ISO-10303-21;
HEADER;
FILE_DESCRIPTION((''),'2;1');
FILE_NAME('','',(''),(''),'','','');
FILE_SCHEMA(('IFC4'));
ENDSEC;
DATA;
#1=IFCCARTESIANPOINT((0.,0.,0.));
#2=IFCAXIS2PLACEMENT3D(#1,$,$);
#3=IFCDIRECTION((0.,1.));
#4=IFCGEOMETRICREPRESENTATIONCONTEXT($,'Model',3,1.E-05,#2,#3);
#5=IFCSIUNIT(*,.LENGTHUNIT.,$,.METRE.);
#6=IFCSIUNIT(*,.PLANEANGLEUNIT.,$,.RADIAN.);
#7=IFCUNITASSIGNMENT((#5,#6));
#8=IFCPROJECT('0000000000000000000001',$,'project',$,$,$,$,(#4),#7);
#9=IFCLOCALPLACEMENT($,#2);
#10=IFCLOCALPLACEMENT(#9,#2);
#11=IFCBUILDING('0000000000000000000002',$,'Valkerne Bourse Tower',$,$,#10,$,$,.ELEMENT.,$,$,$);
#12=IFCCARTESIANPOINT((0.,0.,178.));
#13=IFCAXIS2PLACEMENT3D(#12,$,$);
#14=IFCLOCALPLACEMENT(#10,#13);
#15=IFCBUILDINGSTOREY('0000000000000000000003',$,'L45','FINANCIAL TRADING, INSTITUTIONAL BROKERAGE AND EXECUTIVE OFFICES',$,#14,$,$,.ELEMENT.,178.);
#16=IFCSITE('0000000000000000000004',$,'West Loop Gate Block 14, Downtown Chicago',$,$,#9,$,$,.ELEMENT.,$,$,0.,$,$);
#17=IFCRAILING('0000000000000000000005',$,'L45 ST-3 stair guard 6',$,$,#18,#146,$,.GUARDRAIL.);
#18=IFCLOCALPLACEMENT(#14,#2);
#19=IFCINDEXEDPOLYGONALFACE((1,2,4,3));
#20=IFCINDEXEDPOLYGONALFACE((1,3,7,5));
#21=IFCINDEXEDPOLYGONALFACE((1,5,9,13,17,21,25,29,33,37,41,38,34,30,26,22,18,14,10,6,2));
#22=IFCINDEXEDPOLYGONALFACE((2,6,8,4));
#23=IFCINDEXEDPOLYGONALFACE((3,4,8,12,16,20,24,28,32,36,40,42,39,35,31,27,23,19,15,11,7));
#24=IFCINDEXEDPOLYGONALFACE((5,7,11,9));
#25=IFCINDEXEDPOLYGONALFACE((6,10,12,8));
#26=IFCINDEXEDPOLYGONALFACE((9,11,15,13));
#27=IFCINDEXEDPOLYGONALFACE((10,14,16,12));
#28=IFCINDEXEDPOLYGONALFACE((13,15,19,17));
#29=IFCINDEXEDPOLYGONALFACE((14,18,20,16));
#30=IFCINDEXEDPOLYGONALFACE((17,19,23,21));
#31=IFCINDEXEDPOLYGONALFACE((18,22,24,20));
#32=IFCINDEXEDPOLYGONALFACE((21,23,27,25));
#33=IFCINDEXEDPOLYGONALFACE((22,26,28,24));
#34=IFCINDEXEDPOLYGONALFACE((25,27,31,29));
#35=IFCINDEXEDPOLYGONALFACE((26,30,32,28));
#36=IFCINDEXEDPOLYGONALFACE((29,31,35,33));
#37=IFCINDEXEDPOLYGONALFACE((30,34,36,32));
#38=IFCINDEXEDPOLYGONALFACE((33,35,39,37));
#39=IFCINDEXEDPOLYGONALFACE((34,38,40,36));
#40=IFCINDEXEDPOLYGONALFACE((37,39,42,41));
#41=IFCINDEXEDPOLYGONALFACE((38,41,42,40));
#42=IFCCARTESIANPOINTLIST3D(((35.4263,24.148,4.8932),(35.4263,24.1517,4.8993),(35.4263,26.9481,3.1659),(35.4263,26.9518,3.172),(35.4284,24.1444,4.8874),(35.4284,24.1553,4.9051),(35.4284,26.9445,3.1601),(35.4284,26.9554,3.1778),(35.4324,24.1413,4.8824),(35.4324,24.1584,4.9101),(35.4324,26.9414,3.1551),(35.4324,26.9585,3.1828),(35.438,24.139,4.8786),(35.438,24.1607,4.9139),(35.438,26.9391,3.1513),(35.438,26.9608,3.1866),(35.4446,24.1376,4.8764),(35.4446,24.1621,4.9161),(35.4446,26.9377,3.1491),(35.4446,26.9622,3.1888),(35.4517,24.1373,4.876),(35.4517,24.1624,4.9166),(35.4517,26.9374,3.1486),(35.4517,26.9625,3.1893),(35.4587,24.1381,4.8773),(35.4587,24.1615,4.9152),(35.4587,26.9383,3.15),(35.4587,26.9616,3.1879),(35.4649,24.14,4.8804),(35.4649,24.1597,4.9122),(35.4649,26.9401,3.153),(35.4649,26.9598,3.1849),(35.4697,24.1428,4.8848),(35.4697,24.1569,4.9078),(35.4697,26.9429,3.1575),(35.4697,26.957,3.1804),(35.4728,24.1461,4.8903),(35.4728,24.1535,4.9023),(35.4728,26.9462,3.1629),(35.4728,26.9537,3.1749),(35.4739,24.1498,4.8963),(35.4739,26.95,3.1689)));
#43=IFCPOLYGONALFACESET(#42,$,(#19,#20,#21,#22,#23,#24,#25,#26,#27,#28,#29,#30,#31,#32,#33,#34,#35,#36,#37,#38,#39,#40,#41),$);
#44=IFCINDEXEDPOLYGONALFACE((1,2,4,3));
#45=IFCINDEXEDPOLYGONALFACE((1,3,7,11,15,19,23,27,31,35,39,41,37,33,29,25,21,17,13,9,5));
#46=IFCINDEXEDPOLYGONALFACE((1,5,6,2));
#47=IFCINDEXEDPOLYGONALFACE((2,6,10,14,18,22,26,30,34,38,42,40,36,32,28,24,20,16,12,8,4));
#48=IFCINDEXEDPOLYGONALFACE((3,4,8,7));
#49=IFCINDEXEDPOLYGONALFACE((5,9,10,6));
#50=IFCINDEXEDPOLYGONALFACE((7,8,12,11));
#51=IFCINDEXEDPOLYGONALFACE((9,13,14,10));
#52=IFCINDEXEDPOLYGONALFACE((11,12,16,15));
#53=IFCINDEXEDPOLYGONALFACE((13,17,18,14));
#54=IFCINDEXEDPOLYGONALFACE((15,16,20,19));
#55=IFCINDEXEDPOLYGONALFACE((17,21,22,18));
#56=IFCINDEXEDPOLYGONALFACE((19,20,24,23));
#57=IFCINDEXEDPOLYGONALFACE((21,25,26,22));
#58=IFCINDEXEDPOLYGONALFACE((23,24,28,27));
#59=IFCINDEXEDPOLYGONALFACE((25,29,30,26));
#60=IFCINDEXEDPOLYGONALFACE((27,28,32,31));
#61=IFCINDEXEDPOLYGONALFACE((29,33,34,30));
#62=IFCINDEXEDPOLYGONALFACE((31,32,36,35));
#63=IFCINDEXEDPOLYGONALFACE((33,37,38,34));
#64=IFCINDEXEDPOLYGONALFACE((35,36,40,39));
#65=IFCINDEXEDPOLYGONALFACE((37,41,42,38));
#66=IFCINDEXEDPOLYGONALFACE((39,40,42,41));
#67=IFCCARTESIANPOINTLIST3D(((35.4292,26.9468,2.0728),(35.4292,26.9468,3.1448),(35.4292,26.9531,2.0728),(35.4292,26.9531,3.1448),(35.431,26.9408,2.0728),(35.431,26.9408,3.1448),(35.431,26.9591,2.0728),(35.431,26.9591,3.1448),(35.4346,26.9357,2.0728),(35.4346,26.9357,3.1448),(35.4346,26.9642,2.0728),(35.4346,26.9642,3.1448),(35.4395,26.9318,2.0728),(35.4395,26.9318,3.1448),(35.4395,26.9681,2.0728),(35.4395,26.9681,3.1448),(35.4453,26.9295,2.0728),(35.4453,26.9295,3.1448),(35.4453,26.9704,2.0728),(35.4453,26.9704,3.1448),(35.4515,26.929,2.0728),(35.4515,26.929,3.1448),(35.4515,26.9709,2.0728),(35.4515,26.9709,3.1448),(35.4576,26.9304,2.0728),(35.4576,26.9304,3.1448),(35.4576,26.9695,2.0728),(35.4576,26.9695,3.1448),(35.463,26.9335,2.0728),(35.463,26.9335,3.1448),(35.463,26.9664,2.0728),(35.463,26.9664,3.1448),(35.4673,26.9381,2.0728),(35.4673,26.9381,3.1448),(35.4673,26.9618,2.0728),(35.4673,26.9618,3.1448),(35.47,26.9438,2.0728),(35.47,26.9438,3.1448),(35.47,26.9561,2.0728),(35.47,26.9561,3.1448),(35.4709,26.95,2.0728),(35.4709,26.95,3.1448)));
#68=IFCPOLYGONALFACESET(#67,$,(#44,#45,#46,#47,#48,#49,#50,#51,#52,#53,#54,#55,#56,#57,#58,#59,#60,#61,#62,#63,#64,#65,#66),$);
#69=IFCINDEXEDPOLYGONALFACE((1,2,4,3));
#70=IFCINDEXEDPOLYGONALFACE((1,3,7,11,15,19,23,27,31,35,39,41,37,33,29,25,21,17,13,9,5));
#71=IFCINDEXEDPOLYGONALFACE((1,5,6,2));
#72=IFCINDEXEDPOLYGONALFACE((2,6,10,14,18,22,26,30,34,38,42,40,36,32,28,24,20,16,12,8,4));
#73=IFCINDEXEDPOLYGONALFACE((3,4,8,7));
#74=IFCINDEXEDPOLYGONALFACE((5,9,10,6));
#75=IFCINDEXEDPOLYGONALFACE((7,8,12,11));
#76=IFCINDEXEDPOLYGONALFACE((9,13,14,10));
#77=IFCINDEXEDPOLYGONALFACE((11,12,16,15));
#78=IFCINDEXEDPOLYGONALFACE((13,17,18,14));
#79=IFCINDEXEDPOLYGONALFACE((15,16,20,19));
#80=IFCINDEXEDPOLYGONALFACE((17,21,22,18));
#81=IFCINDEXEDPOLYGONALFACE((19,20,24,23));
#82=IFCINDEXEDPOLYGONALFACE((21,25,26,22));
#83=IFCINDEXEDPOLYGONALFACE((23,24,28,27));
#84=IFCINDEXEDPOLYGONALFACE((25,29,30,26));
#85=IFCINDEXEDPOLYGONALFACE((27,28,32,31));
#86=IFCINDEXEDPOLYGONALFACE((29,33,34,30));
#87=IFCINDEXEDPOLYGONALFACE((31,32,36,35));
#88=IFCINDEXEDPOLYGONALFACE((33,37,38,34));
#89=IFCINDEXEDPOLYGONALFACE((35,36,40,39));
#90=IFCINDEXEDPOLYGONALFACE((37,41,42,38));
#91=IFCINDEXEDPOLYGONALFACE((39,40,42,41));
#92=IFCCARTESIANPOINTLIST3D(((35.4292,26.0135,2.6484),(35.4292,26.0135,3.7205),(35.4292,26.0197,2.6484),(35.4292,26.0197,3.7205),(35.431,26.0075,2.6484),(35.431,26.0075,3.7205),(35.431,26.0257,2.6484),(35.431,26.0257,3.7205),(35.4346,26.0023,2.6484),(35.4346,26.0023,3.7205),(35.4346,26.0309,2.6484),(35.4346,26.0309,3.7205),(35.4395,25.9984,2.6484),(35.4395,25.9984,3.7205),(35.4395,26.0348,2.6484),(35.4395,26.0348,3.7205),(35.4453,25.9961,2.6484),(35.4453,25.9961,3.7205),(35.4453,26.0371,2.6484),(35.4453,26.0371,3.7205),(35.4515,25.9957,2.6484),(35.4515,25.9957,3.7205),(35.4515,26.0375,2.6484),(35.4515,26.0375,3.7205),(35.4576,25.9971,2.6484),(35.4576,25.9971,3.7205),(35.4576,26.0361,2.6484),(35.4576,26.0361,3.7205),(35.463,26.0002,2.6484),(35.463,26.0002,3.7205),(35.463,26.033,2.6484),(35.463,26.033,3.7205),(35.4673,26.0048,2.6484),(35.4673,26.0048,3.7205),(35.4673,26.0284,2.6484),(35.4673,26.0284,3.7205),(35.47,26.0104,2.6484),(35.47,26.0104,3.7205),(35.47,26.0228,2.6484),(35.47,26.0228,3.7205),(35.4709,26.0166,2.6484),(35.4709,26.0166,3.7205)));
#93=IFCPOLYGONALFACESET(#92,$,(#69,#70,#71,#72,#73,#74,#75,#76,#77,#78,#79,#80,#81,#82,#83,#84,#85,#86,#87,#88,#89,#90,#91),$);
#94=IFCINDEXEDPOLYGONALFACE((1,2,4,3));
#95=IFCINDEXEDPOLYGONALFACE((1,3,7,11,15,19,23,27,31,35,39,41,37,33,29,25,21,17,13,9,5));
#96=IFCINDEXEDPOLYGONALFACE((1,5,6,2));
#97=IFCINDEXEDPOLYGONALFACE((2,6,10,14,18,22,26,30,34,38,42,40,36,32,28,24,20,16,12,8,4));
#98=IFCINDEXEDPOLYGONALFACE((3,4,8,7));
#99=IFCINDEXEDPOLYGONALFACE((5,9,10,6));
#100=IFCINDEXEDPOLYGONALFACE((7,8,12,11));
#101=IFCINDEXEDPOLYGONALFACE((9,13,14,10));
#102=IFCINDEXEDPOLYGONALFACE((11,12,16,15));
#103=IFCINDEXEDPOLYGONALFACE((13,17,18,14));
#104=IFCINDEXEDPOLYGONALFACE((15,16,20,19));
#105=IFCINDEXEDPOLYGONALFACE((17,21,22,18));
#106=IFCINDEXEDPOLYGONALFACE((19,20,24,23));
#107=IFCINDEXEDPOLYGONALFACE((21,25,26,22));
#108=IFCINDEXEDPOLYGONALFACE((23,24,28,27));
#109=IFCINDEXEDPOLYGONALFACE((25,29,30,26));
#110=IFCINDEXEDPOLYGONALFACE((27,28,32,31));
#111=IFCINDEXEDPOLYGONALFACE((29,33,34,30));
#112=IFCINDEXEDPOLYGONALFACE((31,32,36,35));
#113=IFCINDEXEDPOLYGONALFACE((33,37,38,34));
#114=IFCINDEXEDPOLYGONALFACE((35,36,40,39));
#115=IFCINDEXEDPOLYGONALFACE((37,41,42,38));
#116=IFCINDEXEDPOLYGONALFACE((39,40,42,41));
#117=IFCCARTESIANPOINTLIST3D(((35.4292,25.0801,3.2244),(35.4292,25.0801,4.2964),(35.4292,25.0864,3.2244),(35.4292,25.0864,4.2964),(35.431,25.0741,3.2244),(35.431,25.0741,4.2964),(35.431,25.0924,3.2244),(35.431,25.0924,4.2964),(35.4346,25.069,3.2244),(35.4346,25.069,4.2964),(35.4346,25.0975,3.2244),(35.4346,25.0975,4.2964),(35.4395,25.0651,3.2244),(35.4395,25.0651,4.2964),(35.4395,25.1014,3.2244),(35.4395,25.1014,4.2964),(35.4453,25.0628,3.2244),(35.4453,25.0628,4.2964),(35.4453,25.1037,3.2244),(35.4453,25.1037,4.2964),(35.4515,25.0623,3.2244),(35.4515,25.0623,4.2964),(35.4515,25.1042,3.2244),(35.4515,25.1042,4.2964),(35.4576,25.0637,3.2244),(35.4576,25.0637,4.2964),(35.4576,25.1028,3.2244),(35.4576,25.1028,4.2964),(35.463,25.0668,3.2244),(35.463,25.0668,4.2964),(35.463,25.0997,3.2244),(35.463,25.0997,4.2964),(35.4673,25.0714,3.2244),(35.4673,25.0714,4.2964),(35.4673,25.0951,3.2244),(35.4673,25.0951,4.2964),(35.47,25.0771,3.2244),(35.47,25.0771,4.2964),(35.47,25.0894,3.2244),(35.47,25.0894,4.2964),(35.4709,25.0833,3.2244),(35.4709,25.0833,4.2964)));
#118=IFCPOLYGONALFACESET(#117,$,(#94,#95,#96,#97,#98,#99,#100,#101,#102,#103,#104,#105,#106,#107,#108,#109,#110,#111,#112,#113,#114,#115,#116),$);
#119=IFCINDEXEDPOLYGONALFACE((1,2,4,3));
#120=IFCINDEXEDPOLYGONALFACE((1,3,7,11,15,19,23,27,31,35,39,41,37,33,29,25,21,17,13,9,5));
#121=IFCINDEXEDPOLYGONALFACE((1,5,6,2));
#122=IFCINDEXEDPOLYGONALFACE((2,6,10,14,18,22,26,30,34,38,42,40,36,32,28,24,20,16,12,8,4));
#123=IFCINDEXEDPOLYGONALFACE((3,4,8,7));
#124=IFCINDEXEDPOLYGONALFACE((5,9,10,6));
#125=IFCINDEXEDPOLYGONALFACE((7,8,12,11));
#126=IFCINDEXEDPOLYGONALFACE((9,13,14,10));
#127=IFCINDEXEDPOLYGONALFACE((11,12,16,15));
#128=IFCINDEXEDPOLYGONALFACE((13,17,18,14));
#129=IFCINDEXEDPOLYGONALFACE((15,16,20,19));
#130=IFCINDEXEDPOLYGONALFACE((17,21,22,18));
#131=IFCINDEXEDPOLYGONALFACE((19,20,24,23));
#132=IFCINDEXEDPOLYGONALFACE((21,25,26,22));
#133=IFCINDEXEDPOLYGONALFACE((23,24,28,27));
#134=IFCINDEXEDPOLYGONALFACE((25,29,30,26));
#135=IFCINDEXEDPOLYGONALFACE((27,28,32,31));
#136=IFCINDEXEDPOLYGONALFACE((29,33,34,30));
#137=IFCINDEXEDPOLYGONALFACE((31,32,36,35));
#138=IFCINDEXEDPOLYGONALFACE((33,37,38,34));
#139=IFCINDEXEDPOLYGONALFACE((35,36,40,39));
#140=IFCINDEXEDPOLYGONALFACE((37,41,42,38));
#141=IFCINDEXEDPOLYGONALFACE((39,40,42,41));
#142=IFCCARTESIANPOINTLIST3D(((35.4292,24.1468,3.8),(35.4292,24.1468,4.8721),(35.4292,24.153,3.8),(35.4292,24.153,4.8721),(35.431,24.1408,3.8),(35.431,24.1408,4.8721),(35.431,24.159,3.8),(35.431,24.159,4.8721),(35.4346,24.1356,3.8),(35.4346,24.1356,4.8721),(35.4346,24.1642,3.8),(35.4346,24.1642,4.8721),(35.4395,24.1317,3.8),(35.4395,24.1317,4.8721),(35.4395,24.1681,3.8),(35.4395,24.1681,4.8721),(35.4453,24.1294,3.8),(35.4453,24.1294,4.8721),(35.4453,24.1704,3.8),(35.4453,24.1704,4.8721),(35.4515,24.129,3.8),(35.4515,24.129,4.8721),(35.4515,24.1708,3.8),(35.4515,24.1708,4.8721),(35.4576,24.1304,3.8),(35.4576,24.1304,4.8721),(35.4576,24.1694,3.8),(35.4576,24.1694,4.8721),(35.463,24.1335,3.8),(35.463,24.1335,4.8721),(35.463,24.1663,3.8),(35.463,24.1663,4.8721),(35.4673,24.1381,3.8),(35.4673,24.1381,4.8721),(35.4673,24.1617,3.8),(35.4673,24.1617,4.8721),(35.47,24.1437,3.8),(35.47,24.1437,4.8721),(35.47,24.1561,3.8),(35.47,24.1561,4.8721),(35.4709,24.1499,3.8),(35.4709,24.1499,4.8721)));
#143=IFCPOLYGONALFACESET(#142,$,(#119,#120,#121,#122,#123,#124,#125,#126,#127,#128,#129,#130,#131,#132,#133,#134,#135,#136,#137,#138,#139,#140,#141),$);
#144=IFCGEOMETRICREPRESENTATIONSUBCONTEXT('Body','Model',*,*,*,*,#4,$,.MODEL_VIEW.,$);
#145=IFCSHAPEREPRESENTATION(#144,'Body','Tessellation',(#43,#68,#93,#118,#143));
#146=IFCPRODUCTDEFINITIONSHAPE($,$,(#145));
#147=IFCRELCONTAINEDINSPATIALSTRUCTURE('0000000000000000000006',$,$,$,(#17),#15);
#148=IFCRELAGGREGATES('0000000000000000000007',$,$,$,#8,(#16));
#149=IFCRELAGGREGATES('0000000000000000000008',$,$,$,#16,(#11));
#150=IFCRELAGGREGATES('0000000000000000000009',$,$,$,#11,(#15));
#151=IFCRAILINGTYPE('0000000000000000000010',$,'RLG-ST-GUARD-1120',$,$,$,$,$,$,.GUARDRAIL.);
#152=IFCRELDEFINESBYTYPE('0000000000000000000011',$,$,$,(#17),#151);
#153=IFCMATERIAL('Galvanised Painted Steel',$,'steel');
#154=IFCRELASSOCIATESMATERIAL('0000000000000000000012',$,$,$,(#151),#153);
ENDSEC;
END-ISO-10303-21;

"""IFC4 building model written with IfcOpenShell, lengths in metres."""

from ifc_helpers import new_model, si_unit, direction, frame, origin, origin_2d, place, context, subcontext, project, spatial, circle, extrude, material, type_object, element, save


model = new_model("IFC4")

# Units and contexts
model_context = context("Model", 3, precision=1e-05, world=origin(), true_north=direction((0.0, 1.0)))
body_context = subcontext(model_context, "Body", "Model", "MODEL_VIEW")
ifc_project = project(units=[si_unit("LENGTHUNIT", "METRE"), si_unit("PLANEANGLEUNIT", "RADIAN")], contexts=[model_context])

# Site, building, storey
site_placement = place(None, origin())
site = spatial("IfcSite", under=ifc_project, at=site_placement, Name="West Loop Gate Block 14, Downtown Chicago", CompositionType="ELEMENT", RefElevation=0.0)
building_placement = place(site_placement, origin())
building = spatial("IfcBuilding", under=site, at=building_placement, Name="Valkerne Bourse Tower", CompositionType="ELEMENT")
storey_placement = place(building_placement, frame((0.0, 0.0, 178.0)))
storey = spatial("IfcBuildingStorey", under=building, at=storey_placement, Name="L45", Description="FINANCIAL TRADING, INSTITUTIONAL BROKERAGE AND EXECUTIVE OFFICES", CompositionType="ELEMENT", Elevation=178.0)

# Railing
ifc_material_1 = material(Name="Galvanised Painted Steel", Category="steel")
railing_type_1 = type_object("IfcRailingType", Name="RLG-ST-GUARD-1120", PredefinedType="GUARDRAIL", material=ifc_material_1)
railing_1_placement = place(storey_placement, frame((35.45, 26.95, 2.0728)))
element("IfcRailing", 1, at=railing_1_placement, inside=storey, type_object=railing_type_1, Name="L45 ST-3 stair guard 6", PredefinedType="GUARDRAIL", context=body_context, shape_type="SweptSolid", body=[
    extrude(circle(Radius=0.0239, at=origin_2d()), frame((0.0, 0.0, 1.0962), z_axis=(0.0, -0.85109, 0.52502), x_axis=(1.0, 0.0, 0.0)), (0.0, 0.0, 1.0), 3.29),
    extrude(circle(Radius=0.021, at=origin_2d()), origin(), (0.0, 0.0, 1.0), 1.072),
    extrude(circle(Radius=0.021, at=origin_2d()), frame((0.0, -0.9333, 0.5757)), (0.0, 0.0, 1.0), 1.072),
    extrude(circle(Radius=0.021, at=origin_2d()), frame((0.0, -1.8667, 1.1516)), (0.0, 0.0, 1.0), 1.072),
    extrude(circle(Radius=0.021, at=origin_2d()), frame((0.0, -2.8, 1.7273)), (0.0, 0.0, 1.0), 1.072),
])

save(model, "model.ifc")
